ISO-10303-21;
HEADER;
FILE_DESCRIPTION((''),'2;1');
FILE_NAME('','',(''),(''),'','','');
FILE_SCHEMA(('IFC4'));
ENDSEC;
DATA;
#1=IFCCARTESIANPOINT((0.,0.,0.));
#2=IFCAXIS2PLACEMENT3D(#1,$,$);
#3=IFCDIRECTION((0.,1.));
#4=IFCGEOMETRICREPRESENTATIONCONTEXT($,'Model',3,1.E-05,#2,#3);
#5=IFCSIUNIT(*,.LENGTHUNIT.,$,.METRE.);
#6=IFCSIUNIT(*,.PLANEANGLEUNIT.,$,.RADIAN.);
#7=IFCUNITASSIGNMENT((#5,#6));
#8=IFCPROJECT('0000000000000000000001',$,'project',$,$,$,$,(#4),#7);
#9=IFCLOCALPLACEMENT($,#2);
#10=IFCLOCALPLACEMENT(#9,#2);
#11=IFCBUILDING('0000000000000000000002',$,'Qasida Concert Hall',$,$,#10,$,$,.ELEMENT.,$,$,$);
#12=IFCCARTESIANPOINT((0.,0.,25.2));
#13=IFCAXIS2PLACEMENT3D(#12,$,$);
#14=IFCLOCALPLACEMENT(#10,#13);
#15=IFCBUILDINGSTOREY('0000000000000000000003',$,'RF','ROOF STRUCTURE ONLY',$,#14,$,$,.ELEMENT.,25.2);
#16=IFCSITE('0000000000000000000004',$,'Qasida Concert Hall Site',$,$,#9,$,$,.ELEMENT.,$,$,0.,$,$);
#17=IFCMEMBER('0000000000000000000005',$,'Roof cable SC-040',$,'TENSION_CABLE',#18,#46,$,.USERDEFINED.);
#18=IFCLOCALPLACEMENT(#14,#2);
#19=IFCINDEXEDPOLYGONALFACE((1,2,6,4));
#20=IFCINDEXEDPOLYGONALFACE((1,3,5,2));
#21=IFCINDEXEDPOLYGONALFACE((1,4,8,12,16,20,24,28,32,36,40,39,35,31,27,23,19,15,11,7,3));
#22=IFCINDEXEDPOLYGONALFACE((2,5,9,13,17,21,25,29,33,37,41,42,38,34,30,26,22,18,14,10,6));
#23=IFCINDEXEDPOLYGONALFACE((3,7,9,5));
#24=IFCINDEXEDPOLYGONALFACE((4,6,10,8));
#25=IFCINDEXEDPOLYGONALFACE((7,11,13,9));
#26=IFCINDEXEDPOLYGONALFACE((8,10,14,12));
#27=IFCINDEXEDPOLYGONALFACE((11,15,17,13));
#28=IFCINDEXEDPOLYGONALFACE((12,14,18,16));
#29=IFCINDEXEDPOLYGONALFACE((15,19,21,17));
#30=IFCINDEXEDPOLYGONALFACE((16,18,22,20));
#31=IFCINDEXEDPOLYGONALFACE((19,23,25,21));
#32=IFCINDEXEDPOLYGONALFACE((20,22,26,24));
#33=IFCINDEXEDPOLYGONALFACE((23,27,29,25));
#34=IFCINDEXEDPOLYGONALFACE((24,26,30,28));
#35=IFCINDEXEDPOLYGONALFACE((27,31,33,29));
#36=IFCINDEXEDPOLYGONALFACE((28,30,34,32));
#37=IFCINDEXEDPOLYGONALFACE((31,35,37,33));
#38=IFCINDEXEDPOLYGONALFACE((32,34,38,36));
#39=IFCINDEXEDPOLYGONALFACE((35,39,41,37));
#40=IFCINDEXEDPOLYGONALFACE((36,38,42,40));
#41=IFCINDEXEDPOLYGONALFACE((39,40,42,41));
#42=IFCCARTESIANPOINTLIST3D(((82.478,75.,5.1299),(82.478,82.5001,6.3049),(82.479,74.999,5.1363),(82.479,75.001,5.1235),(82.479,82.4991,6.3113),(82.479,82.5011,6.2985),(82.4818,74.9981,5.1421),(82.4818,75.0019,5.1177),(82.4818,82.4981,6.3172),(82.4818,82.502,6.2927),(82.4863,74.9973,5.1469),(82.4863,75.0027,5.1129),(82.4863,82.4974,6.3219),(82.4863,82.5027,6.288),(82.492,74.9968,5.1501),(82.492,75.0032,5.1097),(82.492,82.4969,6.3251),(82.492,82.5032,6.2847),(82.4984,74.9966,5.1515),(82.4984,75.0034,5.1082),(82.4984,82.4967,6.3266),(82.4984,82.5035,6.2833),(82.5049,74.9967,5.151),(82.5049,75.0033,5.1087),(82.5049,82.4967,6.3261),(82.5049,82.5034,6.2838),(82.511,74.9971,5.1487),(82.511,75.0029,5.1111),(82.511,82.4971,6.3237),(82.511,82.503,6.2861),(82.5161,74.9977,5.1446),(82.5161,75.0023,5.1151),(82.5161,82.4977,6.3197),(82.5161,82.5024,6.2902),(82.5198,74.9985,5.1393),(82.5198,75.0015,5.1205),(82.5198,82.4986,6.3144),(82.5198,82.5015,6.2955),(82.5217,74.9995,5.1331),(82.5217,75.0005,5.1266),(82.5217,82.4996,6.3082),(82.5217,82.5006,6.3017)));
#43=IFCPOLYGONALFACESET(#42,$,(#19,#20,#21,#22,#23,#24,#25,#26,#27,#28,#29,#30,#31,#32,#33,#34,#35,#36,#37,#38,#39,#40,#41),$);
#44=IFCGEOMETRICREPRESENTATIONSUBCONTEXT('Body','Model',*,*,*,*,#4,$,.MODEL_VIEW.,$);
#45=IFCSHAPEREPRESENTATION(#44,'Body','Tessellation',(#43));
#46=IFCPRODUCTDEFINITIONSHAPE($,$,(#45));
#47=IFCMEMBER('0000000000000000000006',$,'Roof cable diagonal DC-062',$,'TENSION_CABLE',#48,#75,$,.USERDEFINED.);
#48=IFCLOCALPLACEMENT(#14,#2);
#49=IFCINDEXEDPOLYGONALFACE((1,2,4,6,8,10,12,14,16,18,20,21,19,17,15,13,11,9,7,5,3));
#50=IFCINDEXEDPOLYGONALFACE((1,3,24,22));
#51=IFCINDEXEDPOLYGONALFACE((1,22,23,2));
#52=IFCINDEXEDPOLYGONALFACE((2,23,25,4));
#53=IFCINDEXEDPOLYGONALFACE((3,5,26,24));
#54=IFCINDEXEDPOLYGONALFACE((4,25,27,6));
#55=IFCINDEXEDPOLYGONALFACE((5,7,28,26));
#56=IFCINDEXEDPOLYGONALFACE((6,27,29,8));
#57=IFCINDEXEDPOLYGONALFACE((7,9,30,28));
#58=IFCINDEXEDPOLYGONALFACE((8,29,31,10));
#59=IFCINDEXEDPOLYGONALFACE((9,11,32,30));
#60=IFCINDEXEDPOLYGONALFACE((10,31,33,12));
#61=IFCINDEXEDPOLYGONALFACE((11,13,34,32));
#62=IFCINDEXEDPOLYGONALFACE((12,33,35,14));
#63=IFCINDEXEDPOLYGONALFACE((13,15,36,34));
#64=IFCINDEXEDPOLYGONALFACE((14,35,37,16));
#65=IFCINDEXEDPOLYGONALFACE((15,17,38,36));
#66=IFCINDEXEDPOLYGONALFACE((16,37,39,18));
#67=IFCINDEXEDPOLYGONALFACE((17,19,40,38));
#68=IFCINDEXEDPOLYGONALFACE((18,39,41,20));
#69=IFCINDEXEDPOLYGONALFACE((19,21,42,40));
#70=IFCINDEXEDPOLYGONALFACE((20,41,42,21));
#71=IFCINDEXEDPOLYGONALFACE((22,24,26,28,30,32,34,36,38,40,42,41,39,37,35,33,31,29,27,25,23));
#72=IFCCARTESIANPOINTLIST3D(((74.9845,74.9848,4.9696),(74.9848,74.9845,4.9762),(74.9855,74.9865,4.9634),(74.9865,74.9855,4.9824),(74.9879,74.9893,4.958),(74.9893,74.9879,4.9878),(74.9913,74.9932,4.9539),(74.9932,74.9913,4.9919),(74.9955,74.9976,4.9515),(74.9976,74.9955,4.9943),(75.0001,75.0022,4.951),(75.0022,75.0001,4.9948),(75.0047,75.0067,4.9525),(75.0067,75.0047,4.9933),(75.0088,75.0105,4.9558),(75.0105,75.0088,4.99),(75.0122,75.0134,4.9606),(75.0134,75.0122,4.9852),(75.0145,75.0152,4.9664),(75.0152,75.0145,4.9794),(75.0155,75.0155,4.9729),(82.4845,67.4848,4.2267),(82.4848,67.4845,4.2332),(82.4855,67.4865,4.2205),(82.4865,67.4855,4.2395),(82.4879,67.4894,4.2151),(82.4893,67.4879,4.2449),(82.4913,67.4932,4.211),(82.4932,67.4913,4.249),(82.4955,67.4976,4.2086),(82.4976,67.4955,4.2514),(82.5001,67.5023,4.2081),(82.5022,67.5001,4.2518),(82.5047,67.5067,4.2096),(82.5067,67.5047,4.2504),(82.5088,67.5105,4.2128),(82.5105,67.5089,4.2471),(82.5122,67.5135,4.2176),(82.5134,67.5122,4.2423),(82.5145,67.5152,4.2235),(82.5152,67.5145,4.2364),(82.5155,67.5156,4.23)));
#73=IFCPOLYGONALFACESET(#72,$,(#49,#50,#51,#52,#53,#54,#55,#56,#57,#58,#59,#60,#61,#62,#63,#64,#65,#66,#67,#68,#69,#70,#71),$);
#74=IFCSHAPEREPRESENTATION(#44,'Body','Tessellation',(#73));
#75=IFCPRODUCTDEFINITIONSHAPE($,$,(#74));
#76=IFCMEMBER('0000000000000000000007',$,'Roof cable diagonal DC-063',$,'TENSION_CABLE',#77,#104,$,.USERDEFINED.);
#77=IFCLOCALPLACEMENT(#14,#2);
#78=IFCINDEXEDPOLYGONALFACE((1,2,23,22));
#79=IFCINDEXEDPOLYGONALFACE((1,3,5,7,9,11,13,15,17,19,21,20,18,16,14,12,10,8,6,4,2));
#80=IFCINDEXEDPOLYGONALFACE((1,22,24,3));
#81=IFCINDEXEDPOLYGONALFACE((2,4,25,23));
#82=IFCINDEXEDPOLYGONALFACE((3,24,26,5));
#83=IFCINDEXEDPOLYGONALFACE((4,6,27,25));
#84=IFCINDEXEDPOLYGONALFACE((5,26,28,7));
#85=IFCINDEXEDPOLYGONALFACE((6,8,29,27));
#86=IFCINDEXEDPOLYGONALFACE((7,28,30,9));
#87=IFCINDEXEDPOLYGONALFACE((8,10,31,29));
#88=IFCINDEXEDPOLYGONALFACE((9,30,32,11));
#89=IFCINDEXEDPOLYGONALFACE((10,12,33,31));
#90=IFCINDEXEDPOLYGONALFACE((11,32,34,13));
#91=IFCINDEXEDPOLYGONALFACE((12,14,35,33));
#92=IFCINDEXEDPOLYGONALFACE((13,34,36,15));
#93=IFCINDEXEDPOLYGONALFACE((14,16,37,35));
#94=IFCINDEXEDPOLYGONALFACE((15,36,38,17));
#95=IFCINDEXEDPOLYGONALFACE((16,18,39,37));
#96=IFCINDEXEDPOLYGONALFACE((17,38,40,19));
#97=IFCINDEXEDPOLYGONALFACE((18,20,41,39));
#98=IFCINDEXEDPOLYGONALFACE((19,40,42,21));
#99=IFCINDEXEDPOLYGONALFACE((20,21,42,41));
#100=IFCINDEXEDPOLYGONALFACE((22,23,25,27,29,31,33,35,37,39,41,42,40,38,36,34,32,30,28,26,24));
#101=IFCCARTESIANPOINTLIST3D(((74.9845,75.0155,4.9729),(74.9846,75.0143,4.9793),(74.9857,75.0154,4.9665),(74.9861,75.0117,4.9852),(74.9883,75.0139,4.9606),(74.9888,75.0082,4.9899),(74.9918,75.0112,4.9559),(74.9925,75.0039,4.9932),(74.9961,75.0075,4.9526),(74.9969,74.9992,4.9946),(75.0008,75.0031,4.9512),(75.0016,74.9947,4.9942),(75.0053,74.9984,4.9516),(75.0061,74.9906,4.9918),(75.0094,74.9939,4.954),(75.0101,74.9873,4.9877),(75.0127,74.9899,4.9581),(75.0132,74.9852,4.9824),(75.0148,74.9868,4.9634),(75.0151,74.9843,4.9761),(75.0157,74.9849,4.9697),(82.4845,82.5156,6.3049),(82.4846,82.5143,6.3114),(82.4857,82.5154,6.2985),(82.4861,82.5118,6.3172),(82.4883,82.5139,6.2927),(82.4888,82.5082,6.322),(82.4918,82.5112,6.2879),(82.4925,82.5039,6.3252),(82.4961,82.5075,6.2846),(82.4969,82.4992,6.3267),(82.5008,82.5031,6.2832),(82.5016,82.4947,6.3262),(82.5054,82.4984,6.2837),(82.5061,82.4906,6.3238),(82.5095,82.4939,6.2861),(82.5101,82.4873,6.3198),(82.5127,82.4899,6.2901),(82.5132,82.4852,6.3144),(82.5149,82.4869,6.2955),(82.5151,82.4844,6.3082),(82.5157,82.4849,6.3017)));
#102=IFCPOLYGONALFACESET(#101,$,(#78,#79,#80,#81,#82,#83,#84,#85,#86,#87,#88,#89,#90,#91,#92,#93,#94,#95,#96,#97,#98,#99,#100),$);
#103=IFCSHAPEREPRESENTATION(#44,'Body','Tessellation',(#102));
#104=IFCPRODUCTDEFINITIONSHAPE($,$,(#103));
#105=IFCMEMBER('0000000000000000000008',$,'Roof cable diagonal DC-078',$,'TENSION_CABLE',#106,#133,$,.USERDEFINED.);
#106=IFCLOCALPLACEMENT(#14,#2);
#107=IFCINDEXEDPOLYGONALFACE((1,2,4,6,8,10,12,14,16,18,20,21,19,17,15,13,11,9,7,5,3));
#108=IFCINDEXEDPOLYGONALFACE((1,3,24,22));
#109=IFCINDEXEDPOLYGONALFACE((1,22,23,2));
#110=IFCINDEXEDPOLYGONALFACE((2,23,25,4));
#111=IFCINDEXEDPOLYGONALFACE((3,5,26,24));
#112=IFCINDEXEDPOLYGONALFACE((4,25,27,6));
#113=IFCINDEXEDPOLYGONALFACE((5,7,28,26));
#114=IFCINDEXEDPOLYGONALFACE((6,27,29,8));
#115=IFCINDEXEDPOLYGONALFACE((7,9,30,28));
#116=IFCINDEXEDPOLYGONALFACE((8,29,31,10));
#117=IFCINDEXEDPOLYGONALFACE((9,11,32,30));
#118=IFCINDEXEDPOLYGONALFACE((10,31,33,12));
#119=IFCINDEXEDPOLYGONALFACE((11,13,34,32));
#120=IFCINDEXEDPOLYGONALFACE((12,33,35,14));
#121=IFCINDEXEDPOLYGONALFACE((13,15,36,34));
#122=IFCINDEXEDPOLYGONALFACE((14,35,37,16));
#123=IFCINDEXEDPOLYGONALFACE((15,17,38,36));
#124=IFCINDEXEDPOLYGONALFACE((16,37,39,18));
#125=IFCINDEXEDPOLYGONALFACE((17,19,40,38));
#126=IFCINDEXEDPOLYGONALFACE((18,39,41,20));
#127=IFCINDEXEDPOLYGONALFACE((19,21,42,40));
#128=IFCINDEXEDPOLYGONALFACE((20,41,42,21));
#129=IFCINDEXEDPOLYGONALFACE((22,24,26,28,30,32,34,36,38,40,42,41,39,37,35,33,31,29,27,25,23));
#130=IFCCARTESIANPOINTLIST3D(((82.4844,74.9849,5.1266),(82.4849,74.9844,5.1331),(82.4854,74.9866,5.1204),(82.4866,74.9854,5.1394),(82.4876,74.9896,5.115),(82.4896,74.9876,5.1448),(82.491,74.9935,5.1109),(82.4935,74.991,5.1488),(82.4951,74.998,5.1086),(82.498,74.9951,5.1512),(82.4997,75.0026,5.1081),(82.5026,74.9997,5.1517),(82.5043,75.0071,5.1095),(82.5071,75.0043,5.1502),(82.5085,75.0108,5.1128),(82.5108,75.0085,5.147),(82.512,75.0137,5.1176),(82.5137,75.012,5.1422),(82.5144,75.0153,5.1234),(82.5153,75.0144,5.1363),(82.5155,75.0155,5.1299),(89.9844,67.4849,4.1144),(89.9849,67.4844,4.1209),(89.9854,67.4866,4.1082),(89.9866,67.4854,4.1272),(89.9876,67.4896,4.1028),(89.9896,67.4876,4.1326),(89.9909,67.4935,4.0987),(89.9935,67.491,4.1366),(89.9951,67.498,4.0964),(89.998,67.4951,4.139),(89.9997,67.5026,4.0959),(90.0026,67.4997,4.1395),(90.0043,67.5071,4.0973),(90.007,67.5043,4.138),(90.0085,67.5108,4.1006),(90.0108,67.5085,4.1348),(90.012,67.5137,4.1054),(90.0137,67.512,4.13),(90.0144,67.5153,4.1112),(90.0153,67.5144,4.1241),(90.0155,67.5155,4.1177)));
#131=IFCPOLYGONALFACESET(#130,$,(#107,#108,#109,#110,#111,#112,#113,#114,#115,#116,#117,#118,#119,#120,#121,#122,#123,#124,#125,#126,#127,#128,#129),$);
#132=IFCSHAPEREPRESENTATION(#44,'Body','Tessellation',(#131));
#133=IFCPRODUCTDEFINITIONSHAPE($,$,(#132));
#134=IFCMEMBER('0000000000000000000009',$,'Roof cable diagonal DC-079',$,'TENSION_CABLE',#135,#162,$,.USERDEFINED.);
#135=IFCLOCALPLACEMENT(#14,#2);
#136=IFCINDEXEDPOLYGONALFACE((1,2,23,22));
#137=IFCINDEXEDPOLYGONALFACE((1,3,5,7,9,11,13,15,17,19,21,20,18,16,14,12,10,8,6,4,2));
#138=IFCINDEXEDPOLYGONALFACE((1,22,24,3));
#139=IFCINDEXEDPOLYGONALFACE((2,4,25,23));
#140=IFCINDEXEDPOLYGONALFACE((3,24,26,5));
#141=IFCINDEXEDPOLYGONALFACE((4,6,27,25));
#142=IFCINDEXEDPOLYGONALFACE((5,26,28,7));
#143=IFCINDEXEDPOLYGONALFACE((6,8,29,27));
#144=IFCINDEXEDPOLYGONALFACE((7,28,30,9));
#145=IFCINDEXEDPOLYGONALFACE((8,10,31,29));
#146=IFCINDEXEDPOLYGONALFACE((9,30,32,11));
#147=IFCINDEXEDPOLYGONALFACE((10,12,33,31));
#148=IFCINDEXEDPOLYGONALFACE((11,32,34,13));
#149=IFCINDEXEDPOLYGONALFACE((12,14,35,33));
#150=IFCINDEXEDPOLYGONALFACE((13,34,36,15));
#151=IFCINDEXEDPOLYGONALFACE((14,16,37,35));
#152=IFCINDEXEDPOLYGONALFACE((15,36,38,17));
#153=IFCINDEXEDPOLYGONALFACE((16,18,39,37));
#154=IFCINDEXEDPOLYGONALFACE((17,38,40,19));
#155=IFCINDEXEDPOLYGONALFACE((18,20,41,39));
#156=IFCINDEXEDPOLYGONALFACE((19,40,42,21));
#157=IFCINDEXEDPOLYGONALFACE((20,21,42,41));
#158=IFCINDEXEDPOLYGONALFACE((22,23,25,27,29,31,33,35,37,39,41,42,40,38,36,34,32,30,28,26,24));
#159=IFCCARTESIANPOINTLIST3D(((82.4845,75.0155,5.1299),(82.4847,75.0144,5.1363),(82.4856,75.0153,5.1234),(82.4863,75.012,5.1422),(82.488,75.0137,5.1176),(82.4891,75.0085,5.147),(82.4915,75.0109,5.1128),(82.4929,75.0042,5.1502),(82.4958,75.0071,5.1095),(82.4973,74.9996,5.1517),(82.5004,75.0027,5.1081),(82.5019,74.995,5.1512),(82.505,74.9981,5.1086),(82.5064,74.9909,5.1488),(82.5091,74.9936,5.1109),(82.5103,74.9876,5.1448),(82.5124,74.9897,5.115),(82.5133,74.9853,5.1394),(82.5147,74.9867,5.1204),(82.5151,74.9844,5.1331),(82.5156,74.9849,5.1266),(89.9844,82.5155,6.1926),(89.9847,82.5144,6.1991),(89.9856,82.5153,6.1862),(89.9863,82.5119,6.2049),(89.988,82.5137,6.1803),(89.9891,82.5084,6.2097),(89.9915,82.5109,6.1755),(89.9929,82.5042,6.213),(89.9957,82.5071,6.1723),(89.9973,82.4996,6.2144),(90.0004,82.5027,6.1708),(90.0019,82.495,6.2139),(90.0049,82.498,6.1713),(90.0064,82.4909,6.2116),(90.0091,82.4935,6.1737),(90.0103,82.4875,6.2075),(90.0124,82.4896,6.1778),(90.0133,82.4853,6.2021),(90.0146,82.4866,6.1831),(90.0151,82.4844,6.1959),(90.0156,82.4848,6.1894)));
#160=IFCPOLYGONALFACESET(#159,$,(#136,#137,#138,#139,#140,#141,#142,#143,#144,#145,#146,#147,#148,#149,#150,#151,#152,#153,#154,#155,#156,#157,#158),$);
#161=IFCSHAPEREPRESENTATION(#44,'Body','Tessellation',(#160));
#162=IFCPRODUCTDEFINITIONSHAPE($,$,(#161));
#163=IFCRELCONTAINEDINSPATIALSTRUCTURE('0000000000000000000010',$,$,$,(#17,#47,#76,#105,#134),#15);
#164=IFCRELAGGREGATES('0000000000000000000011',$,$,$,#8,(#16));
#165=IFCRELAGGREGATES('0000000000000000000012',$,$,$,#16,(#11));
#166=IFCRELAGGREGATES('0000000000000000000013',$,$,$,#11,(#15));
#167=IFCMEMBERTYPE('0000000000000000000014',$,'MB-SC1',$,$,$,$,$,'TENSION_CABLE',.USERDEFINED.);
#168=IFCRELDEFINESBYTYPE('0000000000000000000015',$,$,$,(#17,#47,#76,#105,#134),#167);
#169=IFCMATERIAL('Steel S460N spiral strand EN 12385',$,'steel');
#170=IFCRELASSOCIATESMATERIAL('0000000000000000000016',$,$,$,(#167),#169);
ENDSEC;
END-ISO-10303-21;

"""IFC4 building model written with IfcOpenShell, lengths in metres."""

from ifc_helpers import new_model, si_unit, direction, frame, origin, origin_2d, place, context, subcontext, project, spatial, circle, extrude, material, material_profile, profile_set, type_object, element, save


model = new_model("IFC4")

# Units and contexts
model_context = context("Model", 3, precision=1e-05, world=origin(), true_north=direction((0.0, 1.0)))
body_context = subcontext(model_context, "Body", "Model", "MODEL_VIEW")
ifc_project = project(units=[si_unit("LENGTHUNIT", "METRE"), si_unit("PLANEANGLEUNIT", "RADIAN")], contexts=[model_context])

# Site, building, storey
site_placement = place(None, origin())
site = spatial("IfcSite", under=ifc_project, at=site_placement, Name="Qasida Concert Hall Site", CompositionType="ELEMENT", RefElevation=0.0)
building_placement = place(site_placement, origin())
building = spatial("IfcBuilding", under=site, at=building_placement, Name="Qasida Concert Hall", CompositionType="ELEMENT")
storey_placement = place(building_placement, frame((0.0, 0.0, 25.2)))
storey = spatial("IfcBuildingStorey", under=building, at=storey_placement, Name="RF", Description="ROOF STRUCTURE ONLY", CompositionType="ELEMENT", Elevation=25.2)

# Members
ifc_material_1 = material(Name="Steel S460N spiral strand EN 12385", Category="steel")
ifc_material_profile_1 = material_profile(ifc_material_1, circle(Radius=0.022, at=origin_2d()), Name="STRAND D44")
ifc_profile_set_1 = profile_set([ifc_material_profile_1], Name="Steel S460N spiral strand EN 12385")
member_type_1 = type_object("IfcMemberType", Name="MB-SC1", ElementType="TENSION_CABLE", PredefinedType="USERDEFINED", material=ifc_profile_set_1)
for number, where, z_axis, x_axis, name in (
    (1, (82.5, 75.0, 5.1299), (0.0, 0.987948, 0.154785), (-1.0, 0.0, 0.0), "Roof cable SC-040"),
):
    element("IfcMember", number, at=place(storey_placement, frame(where, z_axis=z_axis, x_axis=x_axis)), inside=storey, type_object=member_type_1, Name=name, ObjectType="TENSION_CABLE", PredefinedType="USERDEFINED", context=body_context, shape_type="SweptSolid", body=[
        extrude(circle(Radius=0.022, at=origin_2d()), origin(), (0.0, 0.0, 1.0), 7.5916),
    ])
member_1_placement = place(storey_placement, frame((75.0, 75.0, 4.9729), z_axis=(0.705379, -0.705379, -0.069872), x_axis=(0.707107, 0.707107, 0.0)))
element("IfcMember", 2, at=member_1_placement, inside=storey, type_object=member_type_1, Name="Roof cable diagonal DC-062", ObjectType="TENSION_CABLE", PredefinedType="USERDEFINED", context=body_context, shape_type="SweptSolid", body=[
    extrude(circle(Radius=0.022, at=origin_2d()), origin(), (0.0, 0.0, 1.0), 10.6326),
])
member_2_placement = place(storey_placement, frame((75.0, 75.0, 4.9729), z_axis=(0.701596, 0.701596, 0.124606), x_axis=(-0.707107, 0.707107, 0.0)))
element("IfcMember", 3, at=member_2_placement, inside=storey, type_object=member_type_1, Name="Roof cable diagonal DC-063", ObjectType="TENSION_CABLE", PredefinedType="USERDEFINED", context=body_context, shape_type="SweptSolid", body=[
    extrude(circle(Radius=0.022, at=origin_2d()), origin(), (0.0, 0.0, 1.0), 10.6899),
])
member_3_placement = place(storey_placement, frame((82.5, 75.0, 5.1299), z_axis=(0.703909, -0.703909, -0.095), x_axis=(0.707107, 0.707107, 0.0)))
element("IfcMember", 4, at=member_3_placement, inside=storey, type_object=member_type_1, Name="Roof cable diagonal DC-078", ObjectType="TENSION_CABLE", PredefinedType="USERDEFINED", context=body_context, shape_type="SweptSolid", body=[
    extrude(circle(Radius=0.022, at=origin_2d()), origin(), (0.0, 0.0, 1.0), 10.6548),
])
member_4_placement = place(storey_placement, frame((82.5, 75.0, 5.1299), z_axis=(0.703584, 0.703584, 0.099697), x_axis=(-0.707107, 0.707107, 0.0)))
element("IfcMember", 5, at=member_4_placement, inside=storey, type_object=member_type_1, Name="Roof cable diagonal DC-079", ObjectType="TENSION_CABLE", PredefinedType="USERDEFINED", context=body_context, shape_type="SweptSolid", body=[
    extrude(circle(Radius=0.022, at=origin_2d()), origin(), (0.0, 0.0, 1.0), 10.6597),
])

save(model, "model.ifc")
